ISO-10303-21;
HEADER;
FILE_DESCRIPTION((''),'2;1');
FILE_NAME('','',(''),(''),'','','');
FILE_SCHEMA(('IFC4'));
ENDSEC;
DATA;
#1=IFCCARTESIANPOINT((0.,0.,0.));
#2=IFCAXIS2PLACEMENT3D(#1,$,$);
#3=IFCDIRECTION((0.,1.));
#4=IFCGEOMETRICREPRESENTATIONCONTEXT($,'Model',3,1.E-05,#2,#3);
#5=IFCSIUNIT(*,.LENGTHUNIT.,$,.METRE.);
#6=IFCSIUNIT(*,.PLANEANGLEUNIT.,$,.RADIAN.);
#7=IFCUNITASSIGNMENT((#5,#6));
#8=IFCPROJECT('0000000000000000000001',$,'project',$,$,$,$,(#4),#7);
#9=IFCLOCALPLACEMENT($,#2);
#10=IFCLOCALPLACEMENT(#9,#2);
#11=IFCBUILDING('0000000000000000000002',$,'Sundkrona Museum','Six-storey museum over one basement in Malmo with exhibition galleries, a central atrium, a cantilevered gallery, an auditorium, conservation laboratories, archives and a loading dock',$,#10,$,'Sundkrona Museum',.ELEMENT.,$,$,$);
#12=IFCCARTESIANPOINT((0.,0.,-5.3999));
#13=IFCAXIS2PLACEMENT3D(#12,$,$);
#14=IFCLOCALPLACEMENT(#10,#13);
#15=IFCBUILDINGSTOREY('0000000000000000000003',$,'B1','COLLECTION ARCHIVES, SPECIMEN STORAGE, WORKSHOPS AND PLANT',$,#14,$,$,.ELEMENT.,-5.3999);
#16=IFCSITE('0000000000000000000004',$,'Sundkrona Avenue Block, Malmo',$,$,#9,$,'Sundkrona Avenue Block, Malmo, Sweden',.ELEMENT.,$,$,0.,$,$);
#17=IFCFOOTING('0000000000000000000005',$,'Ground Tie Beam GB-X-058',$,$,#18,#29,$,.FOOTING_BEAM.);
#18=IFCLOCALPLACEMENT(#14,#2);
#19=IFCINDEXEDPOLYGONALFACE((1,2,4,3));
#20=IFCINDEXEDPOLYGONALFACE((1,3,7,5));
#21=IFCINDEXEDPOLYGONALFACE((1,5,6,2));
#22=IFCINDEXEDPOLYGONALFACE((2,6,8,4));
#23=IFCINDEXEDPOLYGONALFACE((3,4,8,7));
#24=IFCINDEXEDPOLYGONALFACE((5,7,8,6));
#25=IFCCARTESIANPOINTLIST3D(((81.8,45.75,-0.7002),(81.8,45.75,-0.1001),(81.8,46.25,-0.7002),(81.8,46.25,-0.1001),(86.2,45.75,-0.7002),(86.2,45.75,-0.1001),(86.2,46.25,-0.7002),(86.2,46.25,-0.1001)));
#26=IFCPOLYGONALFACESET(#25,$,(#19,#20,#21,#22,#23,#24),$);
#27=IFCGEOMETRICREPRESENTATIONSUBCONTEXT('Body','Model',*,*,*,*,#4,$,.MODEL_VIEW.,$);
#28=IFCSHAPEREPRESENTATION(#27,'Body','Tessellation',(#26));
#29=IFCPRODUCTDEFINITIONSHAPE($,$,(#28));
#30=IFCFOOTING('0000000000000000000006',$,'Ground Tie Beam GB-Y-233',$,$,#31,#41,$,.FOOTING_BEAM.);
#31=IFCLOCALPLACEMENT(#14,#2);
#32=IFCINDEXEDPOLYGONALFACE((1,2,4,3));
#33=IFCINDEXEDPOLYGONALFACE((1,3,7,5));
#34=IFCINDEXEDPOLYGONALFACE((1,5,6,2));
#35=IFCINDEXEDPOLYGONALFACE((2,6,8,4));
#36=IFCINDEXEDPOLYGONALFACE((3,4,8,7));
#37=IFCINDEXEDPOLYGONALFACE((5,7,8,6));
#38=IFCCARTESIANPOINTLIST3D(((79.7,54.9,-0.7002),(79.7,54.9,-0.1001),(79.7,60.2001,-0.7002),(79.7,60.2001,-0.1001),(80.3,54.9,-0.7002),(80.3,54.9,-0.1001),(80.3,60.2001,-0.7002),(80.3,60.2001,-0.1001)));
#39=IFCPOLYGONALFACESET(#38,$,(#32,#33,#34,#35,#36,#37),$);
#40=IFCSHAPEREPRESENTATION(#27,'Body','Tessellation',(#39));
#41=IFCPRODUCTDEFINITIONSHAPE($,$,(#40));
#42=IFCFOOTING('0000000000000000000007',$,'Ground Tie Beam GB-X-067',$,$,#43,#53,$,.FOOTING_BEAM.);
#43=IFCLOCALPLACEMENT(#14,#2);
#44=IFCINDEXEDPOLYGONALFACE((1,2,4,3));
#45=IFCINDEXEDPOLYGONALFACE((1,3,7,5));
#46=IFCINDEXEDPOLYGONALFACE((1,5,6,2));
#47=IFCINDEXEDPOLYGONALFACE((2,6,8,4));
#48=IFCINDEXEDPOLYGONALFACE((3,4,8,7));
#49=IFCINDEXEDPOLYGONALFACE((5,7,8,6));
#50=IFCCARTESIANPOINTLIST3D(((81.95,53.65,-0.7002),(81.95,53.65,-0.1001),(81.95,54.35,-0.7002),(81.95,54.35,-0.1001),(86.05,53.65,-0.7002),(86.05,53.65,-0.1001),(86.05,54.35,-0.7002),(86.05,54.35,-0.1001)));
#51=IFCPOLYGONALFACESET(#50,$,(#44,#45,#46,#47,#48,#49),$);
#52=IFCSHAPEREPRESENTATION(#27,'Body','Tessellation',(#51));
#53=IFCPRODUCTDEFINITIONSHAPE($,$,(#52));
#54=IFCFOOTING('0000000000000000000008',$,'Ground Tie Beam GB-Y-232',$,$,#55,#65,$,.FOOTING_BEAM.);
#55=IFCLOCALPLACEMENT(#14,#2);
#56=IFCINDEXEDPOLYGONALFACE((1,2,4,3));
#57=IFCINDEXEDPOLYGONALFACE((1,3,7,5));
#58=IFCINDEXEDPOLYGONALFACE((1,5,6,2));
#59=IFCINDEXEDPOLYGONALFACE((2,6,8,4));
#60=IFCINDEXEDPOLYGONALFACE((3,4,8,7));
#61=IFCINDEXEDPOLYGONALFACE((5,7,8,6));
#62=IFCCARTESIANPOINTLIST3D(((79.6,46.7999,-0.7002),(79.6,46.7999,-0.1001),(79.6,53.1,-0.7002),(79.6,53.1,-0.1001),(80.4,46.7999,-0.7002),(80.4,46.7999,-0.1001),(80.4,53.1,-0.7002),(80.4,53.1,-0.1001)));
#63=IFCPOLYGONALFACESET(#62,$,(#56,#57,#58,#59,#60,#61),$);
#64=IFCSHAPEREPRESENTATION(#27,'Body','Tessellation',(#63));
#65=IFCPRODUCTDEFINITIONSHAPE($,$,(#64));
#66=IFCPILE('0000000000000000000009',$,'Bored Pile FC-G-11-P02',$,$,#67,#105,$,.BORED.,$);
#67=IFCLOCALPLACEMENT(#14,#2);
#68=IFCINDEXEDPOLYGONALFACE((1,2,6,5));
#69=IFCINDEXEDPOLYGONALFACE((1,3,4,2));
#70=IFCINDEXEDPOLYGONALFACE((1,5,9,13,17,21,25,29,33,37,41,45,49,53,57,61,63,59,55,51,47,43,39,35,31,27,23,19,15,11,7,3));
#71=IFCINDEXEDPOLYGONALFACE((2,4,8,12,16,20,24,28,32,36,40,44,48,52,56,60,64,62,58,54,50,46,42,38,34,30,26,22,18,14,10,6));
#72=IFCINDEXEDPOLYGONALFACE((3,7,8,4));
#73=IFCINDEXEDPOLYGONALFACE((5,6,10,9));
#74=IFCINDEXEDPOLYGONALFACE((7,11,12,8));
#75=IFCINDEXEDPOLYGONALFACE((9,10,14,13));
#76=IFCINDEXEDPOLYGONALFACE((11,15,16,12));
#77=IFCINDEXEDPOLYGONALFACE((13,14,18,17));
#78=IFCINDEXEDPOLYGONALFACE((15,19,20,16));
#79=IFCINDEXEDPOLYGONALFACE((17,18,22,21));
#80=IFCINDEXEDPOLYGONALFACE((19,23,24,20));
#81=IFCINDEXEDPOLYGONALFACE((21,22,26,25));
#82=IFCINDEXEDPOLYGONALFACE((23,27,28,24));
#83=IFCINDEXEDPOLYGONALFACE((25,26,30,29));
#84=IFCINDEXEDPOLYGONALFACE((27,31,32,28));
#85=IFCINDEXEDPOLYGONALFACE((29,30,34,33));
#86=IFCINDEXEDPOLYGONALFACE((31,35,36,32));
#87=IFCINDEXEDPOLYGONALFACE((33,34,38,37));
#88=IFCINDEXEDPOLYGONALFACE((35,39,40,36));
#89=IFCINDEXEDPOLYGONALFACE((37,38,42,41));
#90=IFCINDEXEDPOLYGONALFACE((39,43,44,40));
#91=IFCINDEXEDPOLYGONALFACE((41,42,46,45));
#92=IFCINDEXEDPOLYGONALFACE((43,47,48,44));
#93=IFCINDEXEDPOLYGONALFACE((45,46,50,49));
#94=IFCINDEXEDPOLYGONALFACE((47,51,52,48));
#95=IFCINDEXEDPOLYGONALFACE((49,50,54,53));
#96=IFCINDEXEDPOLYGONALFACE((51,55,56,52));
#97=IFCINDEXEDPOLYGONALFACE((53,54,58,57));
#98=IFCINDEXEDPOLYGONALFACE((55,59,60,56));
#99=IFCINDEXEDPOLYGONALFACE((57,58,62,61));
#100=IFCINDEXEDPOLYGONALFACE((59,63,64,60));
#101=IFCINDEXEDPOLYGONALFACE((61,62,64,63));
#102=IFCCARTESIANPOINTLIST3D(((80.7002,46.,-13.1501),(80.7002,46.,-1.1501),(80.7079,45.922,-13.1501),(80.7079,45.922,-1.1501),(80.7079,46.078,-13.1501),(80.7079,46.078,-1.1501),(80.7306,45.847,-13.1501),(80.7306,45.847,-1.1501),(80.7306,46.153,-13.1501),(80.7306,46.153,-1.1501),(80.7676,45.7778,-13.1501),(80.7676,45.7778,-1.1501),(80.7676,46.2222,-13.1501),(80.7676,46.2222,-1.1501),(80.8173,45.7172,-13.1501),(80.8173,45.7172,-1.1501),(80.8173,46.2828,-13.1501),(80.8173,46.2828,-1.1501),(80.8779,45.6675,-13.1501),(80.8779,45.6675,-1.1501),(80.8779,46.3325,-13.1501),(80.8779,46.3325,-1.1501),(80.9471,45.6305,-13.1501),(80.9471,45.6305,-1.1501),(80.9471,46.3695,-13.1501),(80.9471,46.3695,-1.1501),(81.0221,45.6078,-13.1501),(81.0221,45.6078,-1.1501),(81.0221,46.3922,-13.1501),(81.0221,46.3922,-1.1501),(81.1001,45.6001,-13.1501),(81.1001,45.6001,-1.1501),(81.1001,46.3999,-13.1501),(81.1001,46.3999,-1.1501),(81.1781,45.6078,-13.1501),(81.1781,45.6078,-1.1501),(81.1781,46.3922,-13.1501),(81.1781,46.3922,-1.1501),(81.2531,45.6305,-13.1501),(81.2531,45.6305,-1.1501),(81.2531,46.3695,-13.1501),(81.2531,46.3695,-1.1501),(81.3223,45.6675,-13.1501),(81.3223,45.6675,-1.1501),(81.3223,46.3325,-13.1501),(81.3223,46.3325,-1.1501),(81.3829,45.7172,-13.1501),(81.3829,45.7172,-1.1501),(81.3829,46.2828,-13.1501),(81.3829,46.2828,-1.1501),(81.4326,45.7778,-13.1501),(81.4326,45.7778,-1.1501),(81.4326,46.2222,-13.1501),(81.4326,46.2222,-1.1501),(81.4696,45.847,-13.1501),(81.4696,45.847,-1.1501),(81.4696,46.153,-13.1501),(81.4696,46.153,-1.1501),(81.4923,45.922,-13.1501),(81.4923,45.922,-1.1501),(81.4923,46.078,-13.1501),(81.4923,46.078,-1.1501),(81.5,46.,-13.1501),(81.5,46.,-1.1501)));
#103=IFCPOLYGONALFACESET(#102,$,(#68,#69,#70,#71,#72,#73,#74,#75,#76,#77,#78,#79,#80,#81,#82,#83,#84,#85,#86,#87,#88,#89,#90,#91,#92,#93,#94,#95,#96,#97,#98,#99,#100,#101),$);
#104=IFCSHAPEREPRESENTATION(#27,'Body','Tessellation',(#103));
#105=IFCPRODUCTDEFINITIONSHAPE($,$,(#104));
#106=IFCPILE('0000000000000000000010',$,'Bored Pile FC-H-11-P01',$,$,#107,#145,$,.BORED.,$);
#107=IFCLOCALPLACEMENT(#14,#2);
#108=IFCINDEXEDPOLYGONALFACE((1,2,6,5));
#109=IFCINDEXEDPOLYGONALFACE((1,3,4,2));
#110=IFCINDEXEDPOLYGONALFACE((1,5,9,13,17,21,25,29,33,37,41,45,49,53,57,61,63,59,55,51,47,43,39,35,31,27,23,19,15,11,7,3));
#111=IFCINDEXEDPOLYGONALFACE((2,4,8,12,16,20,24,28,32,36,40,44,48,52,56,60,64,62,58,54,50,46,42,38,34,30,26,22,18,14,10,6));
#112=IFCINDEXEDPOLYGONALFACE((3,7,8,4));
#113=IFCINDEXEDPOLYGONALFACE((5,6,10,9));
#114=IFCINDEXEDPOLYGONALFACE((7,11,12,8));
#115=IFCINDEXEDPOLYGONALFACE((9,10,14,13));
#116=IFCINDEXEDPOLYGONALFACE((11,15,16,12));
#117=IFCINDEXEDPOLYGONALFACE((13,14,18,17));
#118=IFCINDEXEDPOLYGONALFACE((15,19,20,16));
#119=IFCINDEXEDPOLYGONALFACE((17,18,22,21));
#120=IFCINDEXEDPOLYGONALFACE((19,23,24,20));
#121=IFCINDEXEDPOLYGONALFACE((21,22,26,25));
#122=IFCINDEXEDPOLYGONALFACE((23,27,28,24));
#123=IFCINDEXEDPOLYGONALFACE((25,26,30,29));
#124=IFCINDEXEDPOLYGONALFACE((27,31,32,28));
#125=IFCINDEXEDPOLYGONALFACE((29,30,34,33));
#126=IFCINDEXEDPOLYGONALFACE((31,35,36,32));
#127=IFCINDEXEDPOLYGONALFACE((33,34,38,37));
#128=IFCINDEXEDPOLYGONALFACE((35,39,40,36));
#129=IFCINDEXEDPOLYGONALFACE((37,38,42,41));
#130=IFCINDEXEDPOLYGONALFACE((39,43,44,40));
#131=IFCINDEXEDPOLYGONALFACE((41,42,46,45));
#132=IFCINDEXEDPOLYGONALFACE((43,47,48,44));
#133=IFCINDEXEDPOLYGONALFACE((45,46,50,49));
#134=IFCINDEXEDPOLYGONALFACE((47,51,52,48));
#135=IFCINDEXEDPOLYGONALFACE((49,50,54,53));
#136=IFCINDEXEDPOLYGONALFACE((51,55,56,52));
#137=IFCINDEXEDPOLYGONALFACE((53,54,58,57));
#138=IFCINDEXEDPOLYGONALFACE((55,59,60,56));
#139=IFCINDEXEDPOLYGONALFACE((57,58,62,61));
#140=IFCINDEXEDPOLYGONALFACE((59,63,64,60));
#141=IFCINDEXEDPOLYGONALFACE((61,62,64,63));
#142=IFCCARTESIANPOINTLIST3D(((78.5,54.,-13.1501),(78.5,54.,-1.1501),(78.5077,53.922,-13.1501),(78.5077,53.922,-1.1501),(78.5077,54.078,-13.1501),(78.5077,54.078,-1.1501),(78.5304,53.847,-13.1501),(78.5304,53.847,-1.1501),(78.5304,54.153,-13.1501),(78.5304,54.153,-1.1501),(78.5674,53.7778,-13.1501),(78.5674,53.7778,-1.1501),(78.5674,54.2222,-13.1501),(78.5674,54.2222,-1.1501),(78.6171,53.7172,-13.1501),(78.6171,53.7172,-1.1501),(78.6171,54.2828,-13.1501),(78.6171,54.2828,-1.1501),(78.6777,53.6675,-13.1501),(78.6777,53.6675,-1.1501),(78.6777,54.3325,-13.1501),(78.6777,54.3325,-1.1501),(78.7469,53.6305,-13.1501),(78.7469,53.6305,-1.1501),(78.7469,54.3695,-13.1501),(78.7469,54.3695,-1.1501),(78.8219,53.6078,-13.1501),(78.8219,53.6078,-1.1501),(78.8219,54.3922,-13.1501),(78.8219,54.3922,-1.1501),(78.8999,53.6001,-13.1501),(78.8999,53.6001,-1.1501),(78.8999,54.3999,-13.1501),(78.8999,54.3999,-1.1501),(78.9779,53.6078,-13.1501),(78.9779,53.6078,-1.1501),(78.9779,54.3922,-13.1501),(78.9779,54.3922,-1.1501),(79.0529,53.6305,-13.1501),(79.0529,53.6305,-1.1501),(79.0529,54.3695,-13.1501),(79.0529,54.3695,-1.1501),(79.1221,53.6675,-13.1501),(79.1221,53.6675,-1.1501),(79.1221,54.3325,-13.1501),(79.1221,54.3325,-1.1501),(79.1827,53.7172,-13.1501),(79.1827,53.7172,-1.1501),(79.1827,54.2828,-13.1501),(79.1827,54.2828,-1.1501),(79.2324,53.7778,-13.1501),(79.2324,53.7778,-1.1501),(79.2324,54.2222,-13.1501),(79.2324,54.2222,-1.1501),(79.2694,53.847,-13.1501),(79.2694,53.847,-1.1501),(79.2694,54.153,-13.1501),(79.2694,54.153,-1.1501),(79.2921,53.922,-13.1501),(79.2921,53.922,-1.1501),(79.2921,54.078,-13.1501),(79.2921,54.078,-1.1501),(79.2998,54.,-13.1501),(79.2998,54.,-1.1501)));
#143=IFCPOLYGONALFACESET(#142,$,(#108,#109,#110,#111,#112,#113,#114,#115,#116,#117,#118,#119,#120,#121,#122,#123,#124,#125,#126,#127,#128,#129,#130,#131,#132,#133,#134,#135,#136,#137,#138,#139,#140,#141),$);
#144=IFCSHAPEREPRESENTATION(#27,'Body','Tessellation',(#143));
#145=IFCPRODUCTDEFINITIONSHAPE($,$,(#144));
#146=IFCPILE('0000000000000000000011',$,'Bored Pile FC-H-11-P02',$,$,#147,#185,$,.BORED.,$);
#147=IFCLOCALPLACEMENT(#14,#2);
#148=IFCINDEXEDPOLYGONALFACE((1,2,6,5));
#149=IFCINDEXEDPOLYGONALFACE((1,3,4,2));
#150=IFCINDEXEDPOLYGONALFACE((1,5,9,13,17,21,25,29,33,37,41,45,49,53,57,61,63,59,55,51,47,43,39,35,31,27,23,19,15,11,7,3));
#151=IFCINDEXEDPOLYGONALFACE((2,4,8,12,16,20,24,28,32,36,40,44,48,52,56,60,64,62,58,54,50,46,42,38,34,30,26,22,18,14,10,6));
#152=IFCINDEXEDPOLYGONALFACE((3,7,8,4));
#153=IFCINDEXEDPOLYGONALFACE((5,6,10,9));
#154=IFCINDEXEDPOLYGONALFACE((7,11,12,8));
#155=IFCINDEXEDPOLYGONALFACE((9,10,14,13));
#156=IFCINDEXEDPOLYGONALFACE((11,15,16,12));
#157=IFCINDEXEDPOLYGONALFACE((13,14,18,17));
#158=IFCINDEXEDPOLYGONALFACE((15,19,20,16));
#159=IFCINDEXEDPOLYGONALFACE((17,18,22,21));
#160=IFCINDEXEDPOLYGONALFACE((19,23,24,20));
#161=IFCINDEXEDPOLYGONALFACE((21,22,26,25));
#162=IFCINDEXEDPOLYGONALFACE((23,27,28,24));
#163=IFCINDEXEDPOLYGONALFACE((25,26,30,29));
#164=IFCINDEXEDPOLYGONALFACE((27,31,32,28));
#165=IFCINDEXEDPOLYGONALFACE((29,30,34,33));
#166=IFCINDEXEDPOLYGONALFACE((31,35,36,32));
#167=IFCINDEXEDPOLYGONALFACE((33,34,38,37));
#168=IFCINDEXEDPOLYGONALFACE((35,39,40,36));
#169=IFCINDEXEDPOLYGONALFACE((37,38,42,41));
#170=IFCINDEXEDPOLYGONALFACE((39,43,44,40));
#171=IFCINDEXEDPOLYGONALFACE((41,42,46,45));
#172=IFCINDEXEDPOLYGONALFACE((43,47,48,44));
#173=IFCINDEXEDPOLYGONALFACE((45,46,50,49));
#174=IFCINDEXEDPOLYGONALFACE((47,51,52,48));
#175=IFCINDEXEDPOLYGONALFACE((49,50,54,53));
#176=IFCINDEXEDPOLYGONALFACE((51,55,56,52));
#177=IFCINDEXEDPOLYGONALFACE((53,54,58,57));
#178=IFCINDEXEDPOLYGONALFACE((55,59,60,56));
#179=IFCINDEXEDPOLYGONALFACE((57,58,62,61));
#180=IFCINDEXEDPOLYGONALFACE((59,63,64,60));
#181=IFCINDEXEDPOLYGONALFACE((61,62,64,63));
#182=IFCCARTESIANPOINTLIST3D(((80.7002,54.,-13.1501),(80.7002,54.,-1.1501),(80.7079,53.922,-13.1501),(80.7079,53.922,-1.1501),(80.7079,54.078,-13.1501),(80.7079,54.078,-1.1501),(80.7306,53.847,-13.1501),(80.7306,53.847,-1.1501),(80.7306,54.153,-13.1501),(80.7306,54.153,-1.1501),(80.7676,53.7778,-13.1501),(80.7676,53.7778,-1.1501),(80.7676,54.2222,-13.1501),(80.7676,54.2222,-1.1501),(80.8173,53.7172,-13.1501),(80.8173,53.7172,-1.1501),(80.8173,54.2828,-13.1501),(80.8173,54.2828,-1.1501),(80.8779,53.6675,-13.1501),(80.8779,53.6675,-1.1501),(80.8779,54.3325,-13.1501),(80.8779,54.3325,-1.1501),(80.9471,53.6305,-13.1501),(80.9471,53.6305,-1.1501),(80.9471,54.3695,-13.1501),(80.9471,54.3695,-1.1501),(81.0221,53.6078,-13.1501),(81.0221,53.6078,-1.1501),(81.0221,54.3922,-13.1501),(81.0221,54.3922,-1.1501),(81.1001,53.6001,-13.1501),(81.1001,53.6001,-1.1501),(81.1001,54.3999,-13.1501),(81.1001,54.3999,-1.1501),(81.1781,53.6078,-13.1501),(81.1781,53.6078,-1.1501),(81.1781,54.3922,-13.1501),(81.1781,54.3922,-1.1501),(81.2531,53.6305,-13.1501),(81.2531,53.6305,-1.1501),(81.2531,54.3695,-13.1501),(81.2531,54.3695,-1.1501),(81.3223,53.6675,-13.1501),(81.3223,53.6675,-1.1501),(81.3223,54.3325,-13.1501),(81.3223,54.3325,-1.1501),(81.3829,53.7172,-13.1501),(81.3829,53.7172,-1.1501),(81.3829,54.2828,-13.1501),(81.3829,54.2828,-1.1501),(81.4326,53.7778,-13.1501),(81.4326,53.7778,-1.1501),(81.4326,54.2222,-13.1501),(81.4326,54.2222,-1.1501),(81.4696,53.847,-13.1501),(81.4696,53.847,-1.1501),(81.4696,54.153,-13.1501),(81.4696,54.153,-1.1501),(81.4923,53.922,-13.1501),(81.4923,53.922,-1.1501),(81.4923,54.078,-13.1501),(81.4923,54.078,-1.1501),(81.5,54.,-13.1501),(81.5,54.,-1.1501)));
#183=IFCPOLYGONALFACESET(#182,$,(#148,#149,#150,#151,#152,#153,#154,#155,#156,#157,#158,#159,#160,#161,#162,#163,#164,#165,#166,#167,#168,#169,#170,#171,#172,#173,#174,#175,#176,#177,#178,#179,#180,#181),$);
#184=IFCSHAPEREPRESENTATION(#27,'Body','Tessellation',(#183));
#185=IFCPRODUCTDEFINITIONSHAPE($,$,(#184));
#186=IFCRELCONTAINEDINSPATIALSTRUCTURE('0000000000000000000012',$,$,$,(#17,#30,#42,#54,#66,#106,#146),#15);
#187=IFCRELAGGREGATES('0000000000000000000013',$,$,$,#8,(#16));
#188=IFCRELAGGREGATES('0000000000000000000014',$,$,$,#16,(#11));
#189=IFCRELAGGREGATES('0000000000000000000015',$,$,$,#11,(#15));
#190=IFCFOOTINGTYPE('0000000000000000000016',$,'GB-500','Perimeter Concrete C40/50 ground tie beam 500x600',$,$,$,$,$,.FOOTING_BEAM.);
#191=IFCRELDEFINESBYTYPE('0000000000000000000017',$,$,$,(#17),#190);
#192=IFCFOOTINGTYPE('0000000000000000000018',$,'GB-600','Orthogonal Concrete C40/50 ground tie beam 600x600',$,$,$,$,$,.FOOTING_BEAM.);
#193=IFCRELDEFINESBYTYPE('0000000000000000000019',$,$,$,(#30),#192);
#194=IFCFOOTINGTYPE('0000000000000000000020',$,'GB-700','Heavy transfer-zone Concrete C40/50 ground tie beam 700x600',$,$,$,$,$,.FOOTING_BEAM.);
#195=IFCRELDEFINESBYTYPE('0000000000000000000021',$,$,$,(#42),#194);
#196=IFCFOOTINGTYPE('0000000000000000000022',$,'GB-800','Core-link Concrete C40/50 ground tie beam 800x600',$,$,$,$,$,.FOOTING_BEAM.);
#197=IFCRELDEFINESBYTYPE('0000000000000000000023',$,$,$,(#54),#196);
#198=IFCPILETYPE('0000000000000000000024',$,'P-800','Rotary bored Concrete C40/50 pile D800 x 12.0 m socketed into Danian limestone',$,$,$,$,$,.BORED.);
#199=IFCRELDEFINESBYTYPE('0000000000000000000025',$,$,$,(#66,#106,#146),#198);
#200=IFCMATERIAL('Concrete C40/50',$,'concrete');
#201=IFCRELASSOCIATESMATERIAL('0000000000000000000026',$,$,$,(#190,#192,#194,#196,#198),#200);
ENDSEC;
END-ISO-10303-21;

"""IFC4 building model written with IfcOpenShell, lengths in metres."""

from ifc_helpers import new_model, si_unit, direction, frame, origin, origin_2d, place, context, subcontext, project, spatial, rectangle, circle, extrude, material, material_profile, profile_set, type_object, element, save


model = new_model("IFC4")

# Units and contexts
model_context = context("Model", 3, precision=1e-05, world=origin(), true_north=direction((0.0, 1.0)))
body_context = subcontext(model_context, "Body", "Model", "MODEL_VIEW")
ifc_project = project(units=[si_unit("LENGTHUNIT", "METRE"), si_unit("PLANEANGLEUNIT", "RADIAN")], contexts=[model_context])

# Site, building, storey
site_placement = place(None, origin())
site = spatial("IfcSite", under=ifc_project, at=site_placement, Name="Sundkrona Avenue Block, Malmo", LongName="Sundkrona Avenue Block, Malmo, Sweden", CompositionType="ELEMENT", RefElevation=0.0)
building_placement = place(site_placement, origin())
building = spatial("IfcBuilding", under=site, at=building_placement, Name="Sundkrona Museum", Description="Six-storey museum over one basement in Malmo with exhibition galleries, a central atrium, a cantilevered gallery, an auditorium, conservation laboratories, archives and a loading dock", LongName="Sundkrona Museum", CompositionType="ELEMENT")
storey_placement = place(building_placement, frame((0.0, 0.0, -5.3999)))
storey = spatial("IfcBuildingStorey", under=building, at=storey_placement, Name="B1", Description="COLLECTION ARCHIVES, SPECIMEN STORAGE, WORKSHOPS AND PLANT", CompositionType="ELEMENT", Elevation=-5.3999)

# Footings
ifc_material_1 = material(Name="Concrete C40/50", Category="concrete")
footing_type_1 = type_object("IfcFootingType", Name="GB-500", Description="Perimeter Concrete C40/50 ground tie beam 500x600", PredefinedType="FOOTING_BEAM", material=ifc_material_1)
footing_1_placement = place(storey_placement, frame((84.0, 46.0, -0.7002), z_axis=(0.0, 0.0, 1.0), x_axis=(1.0, 0.0, 0.0)))
element("IfcFooting", 1, at=footing_1_placement, inside=storey, type_object=footing_type_1, Name="Ground Tie Beam GB-X-058", PredefinedType="FOOTING_BEAM", context=body_context, shape_type="SweptSolid", body=[
    extrude(rectangle(XDim=4.3999, YDim=0.5, at=origin_2d()), origin(), (0.0, 0.0, 1.0), 0.6001),
])
footing_type_2 = type_object("IfcFootingType", Name="GB-600", Description="Orthogonal Concrete C40/50 ground tie beam 600x600", PredefinedType="FOOTING_BEAM", material=ifc_material_1)
footing_2_placement = place(storey_placement, frame((80.0, 57.55, -0.7002), z_axis=(0.0, 0.0, 1.0), x_axis=(0.0, 1.0, 0.0)))
element("IfcFooting", 2, at=footing_2_placement, inside=storey, type_object=footing_type_2, Name="Ground Tie Beam GB-Y-233", PredefinedType="FOOTING_BEAM", context=body_context, shape_type="SweptSolid", body=[
    extrude(rectangle(XDim=5.3, YDim=0.6001, at=origin_2d()), origin(), (0.0, 0.0, 1.0), 0.6001),
])
footing_type_3 = type_object("IfcFootingType", Name="GB-700", Description="Heavy transfer-zone Concrete C40/50 ground tie beam 700x600", PredefinedType="FOOTING_BEAM", material=ifc_material_1)
footing_3_placement = place(storey_placement, frame((84.0, 54.0, -0.7002), z_axis=(0.0, 0.0, 1.0), x_axis=(1.0, 0.0, 0.0)))
element("IfcFooting", 3, at=footing_3_placement, inside=storey, type_object=footing_type_3, Name="Ground Tie Beam GB-X-067", PredefinedType="FOOTING_BEAM", context=body_context, shape_type="SweptSolid", body=[
    extrude(rectangle(XDim=4.1001, YDim=0.7, at=origin_2d()), origin(), (0.0, 0.0, 1.0), 0.6001),
])
footing_type_4 = type_object("IfcFootingType", Name="GB-800", Description="Core-link Concrete C40/50 ground tie beam 800x600", PredefinedType="FOOTING_BEAM", material=ifc_material_1)
footing_4_placement = place(storey_placement, frame((80.0, 49.95, -0.7002), z_axis=(0.0, 0.0, 1.0), x_axis=(0.0, 1.0, 0.0)))
element("IfcFooting", 4, at=footing_4_placement, inside=storey, type_object=footing_type_4, Name="Ground Tie Beam GB-Y-232", PredefinedType="FOOTING_BEAM", context=body_context, shape_type="SweptSolid", body=[
    extrude(rectangle(XDim=6.3, YDim=0.8, at=origin_2d()), origin(), (0.0, 0.0, 1.0), 0.6001),
])

# Piles
ifc_material_profile_1 = material_profile(ifc_material_1, circle(Radius=0.3999, at=origin_2d()), Name="PILE D800")
ifc_profile_set_1 = profile_set([ifc_material_profile_1], Name="Concrete C40/50")
pile_type = type_object("IfcPileType", Name="P-800", Description="Rotary bored Concrete C40/50 pile D800 x 12.0 m socketed into Danian limestone", PredefinedType="BORED", material=ifc_profile_set_1)
for number, where, z_axis, x_axis, name in (
    (5, (81.1001, 46.0, -1.1501), (0.0, 0.0, -1.0), (1.0, 0.0, 0.0), "Bored Pile FC-G-11-P02"),
    (6, (78.8999, 54.0, -1.1501), (0.0, 0.0, -1.0), (1.0, 0.0, 0.0), "Bored Pile FC-H-11-P01"),
    (7, (81.1001, 54.0, -1.1501), (0.0, 0.0, -1.0), (1.0, 0.0, 0.0), "Bored Pile FC-H-11-P02"),
):
    element("IfcPile", number, at=place(storey_placement, frame(where, z_axis=z_axis, x_axis=x_axis)), inside=storey, type_object=pile_type, Name=name, PredefinedType="BORED", context=body_context, shape_type="SweptSolid", body=[
        extrude(circle(Radius=0.3999, at=origin_2d()), origin(), (0.0, 0.0, 1.0), 12.0),
    ])

save(model, "model.ifc")
